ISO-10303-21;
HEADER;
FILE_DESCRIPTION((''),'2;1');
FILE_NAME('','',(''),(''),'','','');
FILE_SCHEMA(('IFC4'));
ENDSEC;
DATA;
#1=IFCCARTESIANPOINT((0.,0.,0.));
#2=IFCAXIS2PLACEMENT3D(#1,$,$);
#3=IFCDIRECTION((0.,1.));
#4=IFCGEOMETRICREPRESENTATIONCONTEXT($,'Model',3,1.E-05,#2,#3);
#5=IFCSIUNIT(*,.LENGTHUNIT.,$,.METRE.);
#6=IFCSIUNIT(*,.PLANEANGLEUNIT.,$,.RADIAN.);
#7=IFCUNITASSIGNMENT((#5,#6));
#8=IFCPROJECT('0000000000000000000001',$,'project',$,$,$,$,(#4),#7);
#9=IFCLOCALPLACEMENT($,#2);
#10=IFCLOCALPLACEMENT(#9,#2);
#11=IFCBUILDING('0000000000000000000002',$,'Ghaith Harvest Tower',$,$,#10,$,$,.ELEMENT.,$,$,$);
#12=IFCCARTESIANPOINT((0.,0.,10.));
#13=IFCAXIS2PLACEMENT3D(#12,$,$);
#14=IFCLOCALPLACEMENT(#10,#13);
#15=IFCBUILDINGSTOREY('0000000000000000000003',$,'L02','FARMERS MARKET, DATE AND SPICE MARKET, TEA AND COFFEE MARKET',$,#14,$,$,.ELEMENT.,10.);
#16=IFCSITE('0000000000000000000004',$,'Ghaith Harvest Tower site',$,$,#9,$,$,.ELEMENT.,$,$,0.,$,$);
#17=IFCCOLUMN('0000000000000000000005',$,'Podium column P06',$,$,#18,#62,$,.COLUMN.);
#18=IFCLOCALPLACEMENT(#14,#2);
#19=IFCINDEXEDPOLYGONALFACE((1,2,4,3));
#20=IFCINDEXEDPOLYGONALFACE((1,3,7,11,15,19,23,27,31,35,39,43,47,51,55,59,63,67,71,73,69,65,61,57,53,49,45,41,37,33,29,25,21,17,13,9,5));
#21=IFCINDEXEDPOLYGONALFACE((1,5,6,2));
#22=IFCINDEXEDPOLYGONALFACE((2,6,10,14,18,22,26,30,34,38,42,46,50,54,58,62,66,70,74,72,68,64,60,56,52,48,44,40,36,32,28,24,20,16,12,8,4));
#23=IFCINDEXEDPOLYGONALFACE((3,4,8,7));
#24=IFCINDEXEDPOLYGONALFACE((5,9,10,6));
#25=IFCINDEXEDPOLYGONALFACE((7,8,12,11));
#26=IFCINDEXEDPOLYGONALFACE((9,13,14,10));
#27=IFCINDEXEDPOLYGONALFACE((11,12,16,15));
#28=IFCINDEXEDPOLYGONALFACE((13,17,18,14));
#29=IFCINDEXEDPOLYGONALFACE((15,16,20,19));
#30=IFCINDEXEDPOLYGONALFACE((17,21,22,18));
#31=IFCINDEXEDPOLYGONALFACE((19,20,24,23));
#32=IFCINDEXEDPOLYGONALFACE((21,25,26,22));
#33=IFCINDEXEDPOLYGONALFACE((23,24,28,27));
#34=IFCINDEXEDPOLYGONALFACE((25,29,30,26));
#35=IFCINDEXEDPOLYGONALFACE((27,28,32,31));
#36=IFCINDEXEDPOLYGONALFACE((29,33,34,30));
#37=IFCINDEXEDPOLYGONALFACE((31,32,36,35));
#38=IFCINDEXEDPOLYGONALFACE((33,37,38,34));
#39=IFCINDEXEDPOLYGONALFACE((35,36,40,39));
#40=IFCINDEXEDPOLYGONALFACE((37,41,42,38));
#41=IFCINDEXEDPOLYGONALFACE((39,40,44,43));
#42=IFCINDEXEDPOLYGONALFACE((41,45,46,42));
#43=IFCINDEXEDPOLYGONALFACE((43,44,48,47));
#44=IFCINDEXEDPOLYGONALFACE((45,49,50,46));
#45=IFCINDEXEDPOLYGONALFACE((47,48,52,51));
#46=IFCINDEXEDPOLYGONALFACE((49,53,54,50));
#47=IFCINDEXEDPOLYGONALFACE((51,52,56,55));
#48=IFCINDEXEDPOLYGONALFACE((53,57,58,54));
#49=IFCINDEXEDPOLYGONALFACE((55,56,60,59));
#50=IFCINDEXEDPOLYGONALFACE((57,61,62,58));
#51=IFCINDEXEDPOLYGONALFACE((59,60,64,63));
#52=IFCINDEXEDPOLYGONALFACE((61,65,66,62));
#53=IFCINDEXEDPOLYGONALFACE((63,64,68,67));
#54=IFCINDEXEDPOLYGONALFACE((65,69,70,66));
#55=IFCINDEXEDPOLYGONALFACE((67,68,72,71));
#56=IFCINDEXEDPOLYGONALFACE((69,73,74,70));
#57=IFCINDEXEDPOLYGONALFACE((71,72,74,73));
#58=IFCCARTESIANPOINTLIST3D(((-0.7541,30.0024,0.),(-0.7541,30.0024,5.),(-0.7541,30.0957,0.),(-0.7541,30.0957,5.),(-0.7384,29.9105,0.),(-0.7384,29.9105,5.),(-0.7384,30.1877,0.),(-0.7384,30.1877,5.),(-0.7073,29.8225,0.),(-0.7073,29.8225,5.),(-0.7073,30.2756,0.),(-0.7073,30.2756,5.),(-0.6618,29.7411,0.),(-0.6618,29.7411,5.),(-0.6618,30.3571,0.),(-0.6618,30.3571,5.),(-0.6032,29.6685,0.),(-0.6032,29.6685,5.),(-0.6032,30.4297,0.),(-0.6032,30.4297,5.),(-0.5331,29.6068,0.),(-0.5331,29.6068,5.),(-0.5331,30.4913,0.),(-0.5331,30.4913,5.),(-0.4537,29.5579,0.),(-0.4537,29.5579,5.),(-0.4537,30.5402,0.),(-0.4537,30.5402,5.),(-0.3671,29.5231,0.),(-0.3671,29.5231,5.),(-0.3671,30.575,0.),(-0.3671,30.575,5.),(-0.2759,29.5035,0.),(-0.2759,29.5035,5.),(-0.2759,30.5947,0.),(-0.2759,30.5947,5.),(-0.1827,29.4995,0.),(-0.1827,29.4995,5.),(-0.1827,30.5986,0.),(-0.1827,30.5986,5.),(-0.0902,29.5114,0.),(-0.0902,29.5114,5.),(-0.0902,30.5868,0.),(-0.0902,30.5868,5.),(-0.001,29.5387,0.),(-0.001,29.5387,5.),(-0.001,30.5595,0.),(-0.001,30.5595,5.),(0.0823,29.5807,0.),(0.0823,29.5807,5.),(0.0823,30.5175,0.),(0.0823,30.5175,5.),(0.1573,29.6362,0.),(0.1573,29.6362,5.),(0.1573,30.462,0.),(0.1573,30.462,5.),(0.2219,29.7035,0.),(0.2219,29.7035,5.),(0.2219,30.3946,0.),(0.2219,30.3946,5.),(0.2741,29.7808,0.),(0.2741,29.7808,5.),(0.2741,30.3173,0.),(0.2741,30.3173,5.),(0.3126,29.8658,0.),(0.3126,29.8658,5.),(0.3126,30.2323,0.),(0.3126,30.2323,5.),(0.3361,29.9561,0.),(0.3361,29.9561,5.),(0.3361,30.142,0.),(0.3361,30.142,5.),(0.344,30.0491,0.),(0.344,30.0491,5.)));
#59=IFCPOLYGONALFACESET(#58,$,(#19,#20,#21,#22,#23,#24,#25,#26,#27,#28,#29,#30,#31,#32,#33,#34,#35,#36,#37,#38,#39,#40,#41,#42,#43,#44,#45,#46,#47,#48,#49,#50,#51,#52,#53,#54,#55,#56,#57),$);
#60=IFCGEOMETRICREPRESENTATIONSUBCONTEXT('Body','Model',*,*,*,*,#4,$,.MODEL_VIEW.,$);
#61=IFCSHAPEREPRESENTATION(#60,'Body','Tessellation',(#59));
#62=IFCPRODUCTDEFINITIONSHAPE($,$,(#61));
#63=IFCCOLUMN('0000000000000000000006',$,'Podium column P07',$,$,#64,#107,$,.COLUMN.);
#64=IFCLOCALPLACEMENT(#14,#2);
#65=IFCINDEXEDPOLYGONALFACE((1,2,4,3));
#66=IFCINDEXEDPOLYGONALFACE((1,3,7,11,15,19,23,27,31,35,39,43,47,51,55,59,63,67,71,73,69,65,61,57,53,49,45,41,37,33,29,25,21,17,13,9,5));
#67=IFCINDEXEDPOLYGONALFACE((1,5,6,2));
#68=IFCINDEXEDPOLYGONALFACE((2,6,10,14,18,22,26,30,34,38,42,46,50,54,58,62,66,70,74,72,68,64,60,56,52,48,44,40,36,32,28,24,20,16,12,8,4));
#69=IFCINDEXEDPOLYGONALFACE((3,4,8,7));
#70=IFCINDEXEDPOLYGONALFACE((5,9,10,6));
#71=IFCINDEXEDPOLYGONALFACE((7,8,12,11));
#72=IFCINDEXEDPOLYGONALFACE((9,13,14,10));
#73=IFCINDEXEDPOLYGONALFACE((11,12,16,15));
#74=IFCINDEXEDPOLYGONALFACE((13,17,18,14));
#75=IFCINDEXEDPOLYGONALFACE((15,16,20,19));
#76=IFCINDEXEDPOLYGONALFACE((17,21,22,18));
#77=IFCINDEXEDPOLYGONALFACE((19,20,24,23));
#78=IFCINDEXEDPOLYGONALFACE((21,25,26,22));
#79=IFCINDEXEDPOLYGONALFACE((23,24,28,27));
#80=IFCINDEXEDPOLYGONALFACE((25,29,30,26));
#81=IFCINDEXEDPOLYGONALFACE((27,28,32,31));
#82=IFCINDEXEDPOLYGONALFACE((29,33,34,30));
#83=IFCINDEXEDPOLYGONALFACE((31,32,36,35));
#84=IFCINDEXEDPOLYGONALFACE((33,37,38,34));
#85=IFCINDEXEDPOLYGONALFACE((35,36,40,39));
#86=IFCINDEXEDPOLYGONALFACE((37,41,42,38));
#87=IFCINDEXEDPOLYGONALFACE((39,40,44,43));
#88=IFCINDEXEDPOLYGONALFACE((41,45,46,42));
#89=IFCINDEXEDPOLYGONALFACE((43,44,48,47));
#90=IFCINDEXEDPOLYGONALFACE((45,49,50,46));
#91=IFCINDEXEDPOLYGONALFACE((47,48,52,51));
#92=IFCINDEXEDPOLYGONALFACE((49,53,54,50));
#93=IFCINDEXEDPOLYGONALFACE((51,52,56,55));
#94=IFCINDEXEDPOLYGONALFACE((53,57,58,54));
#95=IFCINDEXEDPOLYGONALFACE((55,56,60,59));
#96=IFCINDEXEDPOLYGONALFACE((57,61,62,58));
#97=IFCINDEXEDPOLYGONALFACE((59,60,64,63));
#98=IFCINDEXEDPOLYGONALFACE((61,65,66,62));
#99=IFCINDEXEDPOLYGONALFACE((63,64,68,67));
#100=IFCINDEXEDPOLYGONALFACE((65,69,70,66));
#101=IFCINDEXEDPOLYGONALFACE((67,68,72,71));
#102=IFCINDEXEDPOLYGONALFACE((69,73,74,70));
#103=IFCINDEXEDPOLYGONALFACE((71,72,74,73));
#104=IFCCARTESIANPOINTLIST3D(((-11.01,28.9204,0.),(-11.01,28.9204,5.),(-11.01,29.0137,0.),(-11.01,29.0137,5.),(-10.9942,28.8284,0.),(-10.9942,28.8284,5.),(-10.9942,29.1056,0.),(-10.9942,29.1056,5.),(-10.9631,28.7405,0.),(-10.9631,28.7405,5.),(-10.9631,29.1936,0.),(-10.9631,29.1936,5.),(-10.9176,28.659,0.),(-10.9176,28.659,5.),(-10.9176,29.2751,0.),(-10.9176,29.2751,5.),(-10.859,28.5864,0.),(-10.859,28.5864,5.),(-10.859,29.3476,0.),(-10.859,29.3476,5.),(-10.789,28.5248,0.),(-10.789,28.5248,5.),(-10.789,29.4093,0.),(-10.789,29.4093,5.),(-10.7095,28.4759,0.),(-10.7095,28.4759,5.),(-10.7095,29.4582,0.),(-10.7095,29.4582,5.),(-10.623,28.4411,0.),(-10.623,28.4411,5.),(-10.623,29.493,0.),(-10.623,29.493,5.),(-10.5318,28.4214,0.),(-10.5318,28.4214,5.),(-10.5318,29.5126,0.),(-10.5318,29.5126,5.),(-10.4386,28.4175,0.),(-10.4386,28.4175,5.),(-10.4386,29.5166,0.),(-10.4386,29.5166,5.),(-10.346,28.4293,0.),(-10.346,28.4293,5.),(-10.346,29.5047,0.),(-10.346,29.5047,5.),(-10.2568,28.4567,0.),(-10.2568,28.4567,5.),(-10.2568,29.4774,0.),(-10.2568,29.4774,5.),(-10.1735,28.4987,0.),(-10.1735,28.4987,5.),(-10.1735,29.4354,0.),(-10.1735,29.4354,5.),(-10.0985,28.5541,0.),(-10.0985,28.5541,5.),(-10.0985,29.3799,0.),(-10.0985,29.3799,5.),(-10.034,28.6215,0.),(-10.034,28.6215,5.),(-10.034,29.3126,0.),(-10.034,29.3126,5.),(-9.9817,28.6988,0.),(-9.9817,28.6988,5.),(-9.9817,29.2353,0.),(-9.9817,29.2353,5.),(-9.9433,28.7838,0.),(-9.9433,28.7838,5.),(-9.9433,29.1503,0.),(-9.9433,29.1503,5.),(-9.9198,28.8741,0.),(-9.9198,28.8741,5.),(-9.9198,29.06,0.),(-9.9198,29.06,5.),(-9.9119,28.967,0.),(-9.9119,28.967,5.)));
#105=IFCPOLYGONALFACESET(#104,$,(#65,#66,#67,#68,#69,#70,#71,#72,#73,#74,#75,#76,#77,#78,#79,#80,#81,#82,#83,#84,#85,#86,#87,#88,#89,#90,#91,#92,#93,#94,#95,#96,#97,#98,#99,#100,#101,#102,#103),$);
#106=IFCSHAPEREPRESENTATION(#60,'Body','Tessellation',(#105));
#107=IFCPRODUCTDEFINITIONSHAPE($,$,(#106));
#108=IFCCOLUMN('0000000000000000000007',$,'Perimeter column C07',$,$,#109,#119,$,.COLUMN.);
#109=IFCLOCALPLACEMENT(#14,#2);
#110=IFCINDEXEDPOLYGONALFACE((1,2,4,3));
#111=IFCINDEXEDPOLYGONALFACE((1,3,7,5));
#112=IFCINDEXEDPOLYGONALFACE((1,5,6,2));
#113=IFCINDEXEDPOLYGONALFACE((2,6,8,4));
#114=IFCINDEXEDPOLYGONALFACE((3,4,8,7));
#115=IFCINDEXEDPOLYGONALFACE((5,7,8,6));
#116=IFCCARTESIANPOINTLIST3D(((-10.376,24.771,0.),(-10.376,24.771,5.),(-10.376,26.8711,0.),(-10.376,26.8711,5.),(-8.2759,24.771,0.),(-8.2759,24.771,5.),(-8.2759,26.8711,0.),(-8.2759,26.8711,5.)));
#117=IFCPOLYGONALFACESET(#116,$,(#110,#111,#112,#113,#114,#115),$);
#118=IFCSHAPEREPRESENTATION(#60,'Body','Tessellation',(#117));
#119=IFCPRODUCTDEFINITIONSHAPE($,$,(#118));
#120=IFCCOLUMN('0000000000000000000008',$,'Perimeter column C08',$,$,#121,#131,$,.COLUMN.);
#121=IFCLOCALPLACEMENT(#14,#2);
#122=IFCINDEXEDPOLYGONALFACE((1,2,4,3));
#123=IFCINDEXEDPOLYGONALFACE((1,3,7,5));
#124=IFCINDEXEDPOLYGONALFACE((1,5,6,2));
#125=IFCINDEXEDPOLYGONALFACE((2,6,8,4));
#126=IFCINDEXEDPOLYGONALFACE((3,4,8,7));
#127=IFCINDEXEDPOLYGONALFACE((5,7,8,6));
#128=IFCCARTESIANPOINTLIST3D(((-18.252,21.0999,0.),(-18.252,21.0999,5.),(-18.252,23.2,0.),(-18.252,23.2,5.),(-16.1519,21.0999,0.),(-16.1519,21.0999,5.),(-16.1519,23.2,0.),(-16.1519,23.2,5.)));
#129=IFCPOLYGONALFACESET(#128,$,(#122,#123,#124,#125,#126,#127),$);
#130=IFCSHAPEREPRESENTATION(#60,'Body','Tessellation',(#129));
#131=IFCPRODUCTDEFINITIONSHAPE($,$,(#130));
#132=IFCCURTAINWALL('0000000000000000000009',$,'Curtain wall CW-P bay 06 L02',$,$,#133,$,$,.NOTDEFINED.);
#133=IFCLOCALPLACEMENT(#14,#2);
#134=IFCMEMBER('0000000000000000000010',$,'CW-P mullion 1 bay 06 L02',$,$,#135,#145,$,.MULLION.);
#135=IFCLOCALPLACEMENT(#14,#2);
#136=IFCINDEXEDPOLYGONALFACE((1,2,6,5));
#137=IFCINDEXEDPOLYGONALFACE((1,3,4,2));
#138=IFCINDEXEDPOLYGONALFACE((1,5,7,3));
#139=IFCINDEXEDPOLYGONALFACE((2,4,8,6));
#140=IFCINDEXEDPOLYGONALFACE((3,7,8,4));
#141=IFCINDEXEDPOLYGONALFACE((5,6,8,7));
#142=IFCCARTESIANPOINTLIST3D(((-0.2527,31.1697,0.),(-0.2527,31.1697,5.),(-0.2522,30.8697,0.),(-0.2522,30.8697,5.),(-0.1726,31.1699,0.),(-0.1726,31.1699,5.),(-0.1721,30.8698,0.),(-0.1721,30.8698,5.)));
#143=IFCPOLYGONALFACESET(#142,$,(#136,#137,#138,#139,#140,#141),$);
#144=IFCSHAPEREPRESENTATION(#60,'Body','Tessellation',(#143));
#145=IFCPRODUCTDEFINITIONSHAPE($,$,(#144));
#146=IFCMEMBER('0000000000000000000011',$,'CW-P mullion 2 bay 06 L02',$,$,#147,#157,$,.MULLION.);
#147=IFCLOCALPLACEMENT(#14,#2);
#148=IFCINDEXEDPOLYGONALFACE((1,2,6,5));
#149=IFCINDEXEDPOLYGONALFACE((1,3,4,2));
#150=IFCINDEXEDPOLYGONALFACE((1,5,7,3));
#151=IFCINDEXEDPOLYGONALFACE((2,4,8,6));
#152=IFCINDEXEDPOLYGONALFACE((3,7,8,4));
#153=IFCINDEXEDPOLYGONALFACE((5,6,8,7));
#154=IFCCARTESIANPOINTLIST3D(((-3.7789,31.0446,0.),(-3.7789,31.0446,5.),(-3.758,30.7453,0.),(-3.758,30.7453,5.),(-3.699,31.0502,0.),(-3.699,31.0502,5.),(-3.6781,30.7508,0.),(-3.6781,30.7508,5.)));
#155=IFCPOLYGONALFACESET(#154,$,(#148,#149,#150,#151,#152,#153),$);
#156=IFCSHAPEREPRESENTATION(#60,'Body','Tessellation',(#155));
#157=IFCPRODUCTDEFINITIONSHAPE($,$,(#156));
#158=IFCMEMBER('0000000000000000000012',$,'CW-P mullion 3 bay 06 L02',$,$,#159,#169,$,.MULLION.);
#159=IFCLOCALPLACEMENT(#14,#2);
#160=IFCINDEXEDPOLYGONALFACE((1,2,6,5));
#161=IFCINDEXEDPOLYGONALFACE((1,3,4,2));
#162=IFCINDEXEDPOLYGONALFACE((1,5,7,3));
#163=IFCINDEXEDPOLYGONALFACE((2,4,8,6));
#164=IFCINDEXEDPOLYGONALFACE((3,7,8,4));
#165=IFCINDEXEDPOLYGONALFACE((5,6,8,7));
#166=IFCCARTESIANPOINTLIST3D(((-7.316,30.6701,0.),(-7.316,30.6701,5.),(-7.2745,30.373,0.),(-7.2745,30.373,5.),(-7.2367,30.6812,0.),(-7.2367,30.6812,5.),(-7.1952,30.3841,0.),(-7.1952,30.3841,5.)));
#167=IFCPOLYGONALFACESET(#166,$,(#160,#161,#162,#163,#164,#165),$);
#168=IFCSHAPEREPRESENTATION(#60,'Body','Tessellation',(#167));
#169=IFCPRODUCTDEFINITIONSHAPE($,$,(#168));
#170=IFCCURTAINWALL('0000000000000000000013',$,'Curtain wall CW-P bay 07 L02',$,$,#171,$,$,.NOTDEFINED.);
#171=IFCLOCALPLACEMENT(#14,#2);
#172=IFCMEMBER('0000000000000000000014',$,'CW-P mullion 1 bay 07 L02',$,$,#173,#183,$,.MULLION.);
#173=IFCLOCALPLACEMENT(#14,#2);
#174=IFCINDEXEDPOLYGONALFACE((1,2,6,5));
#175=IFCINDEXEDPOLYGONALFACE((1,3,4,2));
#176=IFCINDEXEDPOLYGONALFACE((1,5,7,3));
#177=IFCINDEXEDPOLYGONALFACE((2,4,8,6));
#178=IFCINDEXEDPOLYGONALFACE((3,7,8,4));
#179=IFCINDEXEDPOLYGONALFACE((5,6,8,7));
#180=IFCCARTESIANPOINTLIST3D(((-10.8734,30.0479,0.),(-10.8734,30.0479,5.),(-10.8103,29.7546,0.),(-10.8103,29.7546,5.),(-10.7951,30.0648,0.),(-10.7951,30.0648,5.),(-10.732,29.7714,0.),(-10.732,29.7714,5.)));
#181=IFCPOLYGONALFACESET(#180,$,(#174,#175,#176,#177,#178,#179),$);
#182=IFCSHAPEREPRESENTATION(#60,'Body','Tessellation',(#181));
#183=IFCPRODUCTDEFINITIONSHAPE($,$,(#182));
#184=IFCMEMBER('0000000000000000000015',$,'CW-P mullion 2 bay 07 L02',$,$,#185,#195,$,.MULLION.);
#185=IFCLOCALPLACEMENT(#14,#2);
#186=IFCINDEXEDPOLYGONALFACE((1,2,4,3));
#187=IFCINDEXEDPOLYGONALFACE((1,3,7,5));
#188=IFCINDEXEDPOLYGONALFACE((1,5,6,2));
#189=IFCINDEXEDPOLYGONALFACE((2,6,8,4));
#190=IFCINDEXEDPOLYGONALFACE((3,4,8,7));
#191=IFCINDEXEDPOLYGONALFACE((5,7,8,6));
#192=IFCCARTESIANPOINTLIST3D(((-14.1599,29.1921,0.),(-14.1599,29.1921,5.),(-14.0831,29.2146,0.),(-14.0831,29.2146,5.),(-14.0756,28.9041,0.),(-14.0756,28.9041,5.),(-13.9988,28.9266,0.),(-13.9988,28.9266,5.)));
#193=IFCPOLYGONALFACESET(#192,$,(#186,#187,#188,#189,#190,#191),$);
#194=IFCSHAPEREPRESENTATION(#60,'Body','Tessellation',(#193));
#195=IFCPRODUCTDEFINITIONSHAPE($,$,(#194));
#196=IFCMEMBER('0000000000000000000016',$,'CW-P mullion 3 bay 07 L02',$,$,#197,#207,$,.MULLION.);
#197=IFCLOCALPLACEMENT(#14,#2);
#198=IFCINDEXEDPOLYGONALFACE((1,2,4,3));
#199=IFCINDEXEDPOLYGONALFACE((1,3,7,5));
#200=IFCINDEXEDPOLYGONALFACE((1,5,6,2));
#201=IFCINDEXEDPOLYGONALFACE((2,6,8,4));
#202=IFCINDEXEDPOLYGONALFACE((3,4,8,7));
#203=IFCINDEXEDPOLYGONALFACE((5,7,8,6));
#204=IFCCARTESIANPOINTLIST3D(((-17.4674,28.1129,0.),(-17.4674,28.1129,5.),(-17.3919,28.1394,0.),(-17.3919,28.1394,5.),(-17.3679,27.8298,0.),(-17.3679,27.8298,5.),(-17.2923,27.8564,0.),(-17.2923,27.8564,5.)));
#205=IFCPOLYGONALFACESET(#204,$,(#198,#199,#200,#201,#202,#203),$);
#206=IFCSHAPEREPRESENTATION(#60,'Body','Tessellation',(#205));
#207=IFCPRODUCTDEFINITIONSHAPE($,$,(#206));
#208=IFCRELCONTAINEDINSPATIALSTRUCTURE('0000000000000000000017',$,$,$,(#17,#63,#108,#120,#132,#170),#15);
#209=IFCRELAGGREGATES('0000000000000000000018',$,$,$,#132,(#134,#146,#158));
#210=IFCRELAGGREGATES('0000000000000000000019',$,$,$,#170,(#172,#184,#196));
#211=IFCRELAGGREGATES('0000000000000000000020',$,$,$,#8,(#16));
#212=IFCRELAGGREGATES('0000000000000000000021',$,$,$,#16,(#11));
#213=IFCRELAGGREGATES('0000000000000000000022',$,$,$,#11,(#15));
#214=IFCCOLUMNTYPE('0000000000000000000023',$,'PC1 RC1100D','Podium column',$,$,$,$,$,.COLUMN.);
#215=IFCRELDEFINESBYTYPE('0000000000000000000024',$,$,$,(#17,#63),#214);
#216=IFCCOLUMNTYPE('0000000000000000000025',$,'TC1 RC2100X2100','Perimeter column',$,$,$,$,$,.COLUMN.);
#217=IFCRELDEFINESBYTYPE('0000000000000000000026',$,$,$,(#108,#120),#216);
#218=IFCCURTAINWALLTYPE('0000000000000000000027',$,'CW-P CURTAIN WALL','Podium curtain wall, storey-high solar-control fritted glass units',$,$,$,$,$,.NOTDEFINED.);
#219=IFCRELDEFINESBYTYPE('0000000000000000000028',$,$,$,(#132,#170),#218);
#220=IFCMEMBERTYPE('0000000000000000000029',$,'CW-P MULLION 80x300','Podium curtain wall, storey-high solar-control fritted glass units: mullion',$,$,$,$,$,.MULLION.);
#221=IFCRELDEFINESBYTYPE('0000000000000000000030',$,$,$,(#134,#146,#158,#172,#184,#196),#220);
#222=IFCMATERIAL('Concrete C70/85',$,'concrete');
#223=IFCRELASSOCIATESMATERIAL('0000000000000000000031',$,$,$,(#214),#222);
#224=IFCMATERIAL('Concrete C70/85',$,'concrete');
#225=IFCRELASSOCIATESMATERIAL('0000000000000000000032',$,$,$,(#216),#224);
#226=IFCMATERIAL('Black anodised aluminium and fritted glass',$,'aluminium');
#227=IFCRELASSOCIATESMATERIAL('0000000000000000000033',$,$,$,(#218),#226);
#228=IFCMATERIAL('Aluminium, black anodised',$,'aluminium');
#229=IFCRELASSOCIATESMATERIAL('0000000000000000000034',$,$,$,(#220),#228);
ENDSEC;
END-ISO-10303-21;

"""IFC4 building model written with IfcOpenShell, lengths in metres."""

from ifc_helpers import new_model, si_unit, direction, frame, origin, origin_2d, place, context, subcontext, project, spatial, rectangle, circle, extrude, material, material_profile, profile_set, type_object, element, aggregate, save


model = new_model("IFC4")

# Units and contexts
model_context = context("Model", 3, precision=1e-05, world=origin(), true_north=direction((0.0, 1.0)))
body_context = subcontext(model_context, "Body", "Model", "MODEL_VIEW")
ifc_project = project(units=[si_unit("LENGTHUNIT", "METRE"), si_unit("PLANEANGLEUNIT", "RADIAN")], contexts=[model_context])

# Site, building, storey
site_placement = place(None, origin())
site = spatial("IfcSite", under=ifc_project, at=site_placement, Name="Ghaith Harvest Tower site", CompositionType="ELEMENT", RefElevation=0.0)
building_placement = place(site_placement, origin())
building = spatial("IfcBuilding", under=site, at=building_placement, Name="Ghaith Harvest Tower", CompositionType="ELEMENT")
storey_placement = place(building_placement, frame((0.0, 0.0, 10.0)))
storey = spatial("IfcBuildingStorey", under=building, at=storey_placement, Name="L02", Description="FARMERS MARKET, DATE AND SPICE MARKET, TEA AND COFFEE MARKET", CompositionType="ELEMENT", Elevation=10.0)

# Columns
ifc_material_1 = material(Name="Concrete C70/85", Category="concrete")
ifc_material_profile_1 = material_profile(ifc_material_1, circle(Radius=0.55, at=origin_2d()), Name="RC1100D")
ifc_profile_set_1 = profile_set([ifc_material_profile_1], Name="Concrete C70/85")
column_type_1 = type_object("IfcColumnType", Name="PC1 RC1100D", Description="Podium column", PredefinedType="COLUMN", material=ifc_profile_set_1)
for number, where, z_axis, x_axis, name in (
    (1, (-0.2061, 30.0491, 0.0), (0.0, 0.0, 1.0), (1.0, 0.0, 0.0), "Podium column P06"),
    (2, (-10.4619, 28.967, 0.0), (0.0, 0.0, 1.0), (1.0, 0.0, 0.0), "Podium column P07"),
):
    element("IfcColumn", number, at=place(storey_placement, frame(where, z_axis=z_axis, x_axis=x_axis)), inside=storey, type_object=column_type_1, Name=name, PredefinedType="COLUMN", context=body_context, shape_type="SweptSolid", body=[
        extrude(circle(Radius=0.55, at=origin_2d()), origin(), (0.0, 0.0, 1.0), 5.0),
    ])
ifc_material_2 = material(Name="Concrete C70/85", Category="concrete")
ifc_material_profile_2 = material_profile(ifc_material_2, rectangle(XDim=2.1001, YDim=2.1001, at=origin_2d()), Name="RC2100X2100")
ifc_profile_set_2 = profile_set([ifc_material_profile_2], Name="Concrete C70/85")
column_type_2 = type_object("IfcColumnType", Name="TC1 RC2100X2100", Description="Perimeter column", PredefinedType="COLUMN", material=ifc_profile_set_2)
for number, where, z_axis, x_axis, name in (
    (3, (-9.3259, 25.821, 0.0), (0.0, 0.0, 1.0), (1.0, 0.0, 0.0), "Perimeter column C07"),
    (4, (-17.2019, 22.1499, 0.0), (0.0, 0.0, 1.0), (1.0, 0.0, 0.0), "Perimeter column C08"),
):
    element("IfcColumn", number, at=place(storey_placement, frame(where, z_axis=z_axis, x_axis=x_axis)), inside=storey, type_object=column_type_2, Name=name, PredefinedType="COLUMN", context=body_context, shape_type="SweptSolid", body=[
        extrude(rectangle(XDim=2.1001, YDim=2.1001, at=origin_2d()), origin(), (0.0, 0.0, 1.0), 5.0),
    ])

# Curtain walls, members
ifc_material_3 = material(Name="Black anodised aluminium and fritted glass", Category="aluminium")
curtain_wall_type = type_object("IfcCurtainWallType", Name="CW-P CURTAIN WALL", Description="Podium curtain wall, storey-high solar-control fritted glass units", PredefinedType="NOTDEFINED", material=ifc_material_3)
curtain_wall_1_placement = place(storey_placement, origin())
curtain_wall_1 = element("IfcCurtainWall", 5, at=curtain_wall_1_placement, inside=storey, type_object=curtain_wall_type, Name="Curtain wall CW-P bay 06 L02", PredefinedType="NOTDEFINED")
ifc_material_4 = material(Name="Aluminium, black anodised", Category="aluminium")
ifc_material_profile_3 = material_profile(ifc_material_4, rectangle(XDim=0.0801, YDim=0.3, at=origin_2d()), Name="CW-P MULLION 80x300")
ifc_profile_set_3 = profile_set([ifc_material_profile_3], Name="Aluminium, black anodised")
member_type_1 = type_object("IfcMemberType", Name="CW-P MULLION 80x300", Description="Podium curtain wall, storey-high solar-control fritted glass units: mullion", PredefinedType="MULLION", material=ifc_profile_set_3)
member_1_placement = place(storey_placement, frame((-0.2124, 31.0198, 0.0), z_axis=(0.0, 0.0, 1.0), x_axis=(-0.999999, -0.001546, 0.0)))
member_1 = element("IfcMember", 6, at=member_1_placement, type_object=member_type_1, Name="CW-P mullion 1 bay 06 L02", PredefinedType="MULLION", context=body_context, shape_type="SweptSolid", body=[
    extrude(rectangle(XDim=0.0801, YDim=0.3, at=origin_2d()), origin(), (0.0, 0.0, 1.0), 5.0),
])
member_2_placement = place(storey_placement, frame((-3.7285, 30.8977, 0.0), z_axis=(0.0, 0.0, 1.0), x_axis=(-0.997564, -0.069758, 0.0)))
member_2 = element("IfcMember", 7, at=member_2_placement, type_object=member_type_1, Name="CW-P mullion 2 bay 06 L02", PredefinedType="MULLION", context=body_context, shape_type="SweptSolid", body=[
    extrude(rectangle(XDim=0.0801, YDim=0.3, at=origin_2d()), origin(), (0.0, 0.0, 1.0), 5.0),
])
member_3_placement = place(storey_placement, frame((-7.2556, 30.5271, 0.0), z_axis=(0.0, 0.0, 1.0), x_axis=(-0.990386, -0.138335, 0.0)))
member_3 = element("IfcMember", 8, at=member_3_placement, type_object=member_type_1, Name="CW-P mullion 3 bay 06 L02", PredefinedType="MULLION", context=body_context, shape_type="SweptSolid", body=[
    extrude(rectangle(XDim=0.0801, YDim=0.3, at=origin_2d()), origin(), (0.0, 0.0, 1.0), 5.0),
])
curtain_wall_2_placement = place(storey_placement, origin())
curtain_wall_2 = element("IfcCurtainWall", 9, at=curtain_wall_2_placement, inside=storey, type_object=curtain_wall_type, Name="Curtain wall CW-P bay 07 L02", PredefinedType="NOTDEFINED")
member_4_placement = place(storey_placement, frame((-10.8027, 29.9097, 0.0), z_axis=(0.0, 0.0, 1.0), x_axis=(-0.977639, -0.210291, 0.0)))
member_4 = element("IfcMember", 10, at=member_4_placement, type_object=member_type_1, Name="CW-P mullion 1 bay 07 L02", PredefinedType="MULLION", context=body_context, shape_type="SweptSolid", body=[
    extrude(rectangle(XDim=0.0801, YDim=0.3, at=origin_2d()), origin(), (0.0, 0.0, 1.0), 5.0),
])
member_5_placement = place(storey_placement, frame((-14.0793, 29.0593, 0.0), z_axis=(0.0, 0.0, 1.0), x_axis=(-0.959733, -0.280913, 0.0)))
member_5 = element("IfcMember", 11, at=member_5_placement, type_object=member_type_1, Name="CW-P mullion 2 bay 07 L02", PredefinedType="MULLION", context=body_context, shape_type="SweptSolid", body=[
    extrude(rectangle(XDim=0.0801, YDim=0.3, at=origin_2d()), origin(), (0.0, 0.0, 1.0), 5.0),
])
member_6_placement = place(storey_placement, frame((-17.3799, 27.9846, 0.0), z_axis=(0.0, 0.0, 1.0), x_axis=(-0.943343, -0.33182, 0.0)))
member_6 = element("IfcMember", 12, at=member_6_placement, type_object=member_type_1, Name="CW-P mullion 3 bay 07 L02", PredefinedType="MULLION", context=body_context, shape_type="SweptSolid", body=[
    extrude(rectangle(XDim=0.0801, YDim=0.3, at=origin_2d()), origin(), (0.0, 0.0, 1.0), 5.0),
])

aggregate(curtain_wall_1, [member_1, member_2, member_3])
aggregate(curtain_wall_2, [member_4, member_5, member_6])

save(model, "model.ifc")
